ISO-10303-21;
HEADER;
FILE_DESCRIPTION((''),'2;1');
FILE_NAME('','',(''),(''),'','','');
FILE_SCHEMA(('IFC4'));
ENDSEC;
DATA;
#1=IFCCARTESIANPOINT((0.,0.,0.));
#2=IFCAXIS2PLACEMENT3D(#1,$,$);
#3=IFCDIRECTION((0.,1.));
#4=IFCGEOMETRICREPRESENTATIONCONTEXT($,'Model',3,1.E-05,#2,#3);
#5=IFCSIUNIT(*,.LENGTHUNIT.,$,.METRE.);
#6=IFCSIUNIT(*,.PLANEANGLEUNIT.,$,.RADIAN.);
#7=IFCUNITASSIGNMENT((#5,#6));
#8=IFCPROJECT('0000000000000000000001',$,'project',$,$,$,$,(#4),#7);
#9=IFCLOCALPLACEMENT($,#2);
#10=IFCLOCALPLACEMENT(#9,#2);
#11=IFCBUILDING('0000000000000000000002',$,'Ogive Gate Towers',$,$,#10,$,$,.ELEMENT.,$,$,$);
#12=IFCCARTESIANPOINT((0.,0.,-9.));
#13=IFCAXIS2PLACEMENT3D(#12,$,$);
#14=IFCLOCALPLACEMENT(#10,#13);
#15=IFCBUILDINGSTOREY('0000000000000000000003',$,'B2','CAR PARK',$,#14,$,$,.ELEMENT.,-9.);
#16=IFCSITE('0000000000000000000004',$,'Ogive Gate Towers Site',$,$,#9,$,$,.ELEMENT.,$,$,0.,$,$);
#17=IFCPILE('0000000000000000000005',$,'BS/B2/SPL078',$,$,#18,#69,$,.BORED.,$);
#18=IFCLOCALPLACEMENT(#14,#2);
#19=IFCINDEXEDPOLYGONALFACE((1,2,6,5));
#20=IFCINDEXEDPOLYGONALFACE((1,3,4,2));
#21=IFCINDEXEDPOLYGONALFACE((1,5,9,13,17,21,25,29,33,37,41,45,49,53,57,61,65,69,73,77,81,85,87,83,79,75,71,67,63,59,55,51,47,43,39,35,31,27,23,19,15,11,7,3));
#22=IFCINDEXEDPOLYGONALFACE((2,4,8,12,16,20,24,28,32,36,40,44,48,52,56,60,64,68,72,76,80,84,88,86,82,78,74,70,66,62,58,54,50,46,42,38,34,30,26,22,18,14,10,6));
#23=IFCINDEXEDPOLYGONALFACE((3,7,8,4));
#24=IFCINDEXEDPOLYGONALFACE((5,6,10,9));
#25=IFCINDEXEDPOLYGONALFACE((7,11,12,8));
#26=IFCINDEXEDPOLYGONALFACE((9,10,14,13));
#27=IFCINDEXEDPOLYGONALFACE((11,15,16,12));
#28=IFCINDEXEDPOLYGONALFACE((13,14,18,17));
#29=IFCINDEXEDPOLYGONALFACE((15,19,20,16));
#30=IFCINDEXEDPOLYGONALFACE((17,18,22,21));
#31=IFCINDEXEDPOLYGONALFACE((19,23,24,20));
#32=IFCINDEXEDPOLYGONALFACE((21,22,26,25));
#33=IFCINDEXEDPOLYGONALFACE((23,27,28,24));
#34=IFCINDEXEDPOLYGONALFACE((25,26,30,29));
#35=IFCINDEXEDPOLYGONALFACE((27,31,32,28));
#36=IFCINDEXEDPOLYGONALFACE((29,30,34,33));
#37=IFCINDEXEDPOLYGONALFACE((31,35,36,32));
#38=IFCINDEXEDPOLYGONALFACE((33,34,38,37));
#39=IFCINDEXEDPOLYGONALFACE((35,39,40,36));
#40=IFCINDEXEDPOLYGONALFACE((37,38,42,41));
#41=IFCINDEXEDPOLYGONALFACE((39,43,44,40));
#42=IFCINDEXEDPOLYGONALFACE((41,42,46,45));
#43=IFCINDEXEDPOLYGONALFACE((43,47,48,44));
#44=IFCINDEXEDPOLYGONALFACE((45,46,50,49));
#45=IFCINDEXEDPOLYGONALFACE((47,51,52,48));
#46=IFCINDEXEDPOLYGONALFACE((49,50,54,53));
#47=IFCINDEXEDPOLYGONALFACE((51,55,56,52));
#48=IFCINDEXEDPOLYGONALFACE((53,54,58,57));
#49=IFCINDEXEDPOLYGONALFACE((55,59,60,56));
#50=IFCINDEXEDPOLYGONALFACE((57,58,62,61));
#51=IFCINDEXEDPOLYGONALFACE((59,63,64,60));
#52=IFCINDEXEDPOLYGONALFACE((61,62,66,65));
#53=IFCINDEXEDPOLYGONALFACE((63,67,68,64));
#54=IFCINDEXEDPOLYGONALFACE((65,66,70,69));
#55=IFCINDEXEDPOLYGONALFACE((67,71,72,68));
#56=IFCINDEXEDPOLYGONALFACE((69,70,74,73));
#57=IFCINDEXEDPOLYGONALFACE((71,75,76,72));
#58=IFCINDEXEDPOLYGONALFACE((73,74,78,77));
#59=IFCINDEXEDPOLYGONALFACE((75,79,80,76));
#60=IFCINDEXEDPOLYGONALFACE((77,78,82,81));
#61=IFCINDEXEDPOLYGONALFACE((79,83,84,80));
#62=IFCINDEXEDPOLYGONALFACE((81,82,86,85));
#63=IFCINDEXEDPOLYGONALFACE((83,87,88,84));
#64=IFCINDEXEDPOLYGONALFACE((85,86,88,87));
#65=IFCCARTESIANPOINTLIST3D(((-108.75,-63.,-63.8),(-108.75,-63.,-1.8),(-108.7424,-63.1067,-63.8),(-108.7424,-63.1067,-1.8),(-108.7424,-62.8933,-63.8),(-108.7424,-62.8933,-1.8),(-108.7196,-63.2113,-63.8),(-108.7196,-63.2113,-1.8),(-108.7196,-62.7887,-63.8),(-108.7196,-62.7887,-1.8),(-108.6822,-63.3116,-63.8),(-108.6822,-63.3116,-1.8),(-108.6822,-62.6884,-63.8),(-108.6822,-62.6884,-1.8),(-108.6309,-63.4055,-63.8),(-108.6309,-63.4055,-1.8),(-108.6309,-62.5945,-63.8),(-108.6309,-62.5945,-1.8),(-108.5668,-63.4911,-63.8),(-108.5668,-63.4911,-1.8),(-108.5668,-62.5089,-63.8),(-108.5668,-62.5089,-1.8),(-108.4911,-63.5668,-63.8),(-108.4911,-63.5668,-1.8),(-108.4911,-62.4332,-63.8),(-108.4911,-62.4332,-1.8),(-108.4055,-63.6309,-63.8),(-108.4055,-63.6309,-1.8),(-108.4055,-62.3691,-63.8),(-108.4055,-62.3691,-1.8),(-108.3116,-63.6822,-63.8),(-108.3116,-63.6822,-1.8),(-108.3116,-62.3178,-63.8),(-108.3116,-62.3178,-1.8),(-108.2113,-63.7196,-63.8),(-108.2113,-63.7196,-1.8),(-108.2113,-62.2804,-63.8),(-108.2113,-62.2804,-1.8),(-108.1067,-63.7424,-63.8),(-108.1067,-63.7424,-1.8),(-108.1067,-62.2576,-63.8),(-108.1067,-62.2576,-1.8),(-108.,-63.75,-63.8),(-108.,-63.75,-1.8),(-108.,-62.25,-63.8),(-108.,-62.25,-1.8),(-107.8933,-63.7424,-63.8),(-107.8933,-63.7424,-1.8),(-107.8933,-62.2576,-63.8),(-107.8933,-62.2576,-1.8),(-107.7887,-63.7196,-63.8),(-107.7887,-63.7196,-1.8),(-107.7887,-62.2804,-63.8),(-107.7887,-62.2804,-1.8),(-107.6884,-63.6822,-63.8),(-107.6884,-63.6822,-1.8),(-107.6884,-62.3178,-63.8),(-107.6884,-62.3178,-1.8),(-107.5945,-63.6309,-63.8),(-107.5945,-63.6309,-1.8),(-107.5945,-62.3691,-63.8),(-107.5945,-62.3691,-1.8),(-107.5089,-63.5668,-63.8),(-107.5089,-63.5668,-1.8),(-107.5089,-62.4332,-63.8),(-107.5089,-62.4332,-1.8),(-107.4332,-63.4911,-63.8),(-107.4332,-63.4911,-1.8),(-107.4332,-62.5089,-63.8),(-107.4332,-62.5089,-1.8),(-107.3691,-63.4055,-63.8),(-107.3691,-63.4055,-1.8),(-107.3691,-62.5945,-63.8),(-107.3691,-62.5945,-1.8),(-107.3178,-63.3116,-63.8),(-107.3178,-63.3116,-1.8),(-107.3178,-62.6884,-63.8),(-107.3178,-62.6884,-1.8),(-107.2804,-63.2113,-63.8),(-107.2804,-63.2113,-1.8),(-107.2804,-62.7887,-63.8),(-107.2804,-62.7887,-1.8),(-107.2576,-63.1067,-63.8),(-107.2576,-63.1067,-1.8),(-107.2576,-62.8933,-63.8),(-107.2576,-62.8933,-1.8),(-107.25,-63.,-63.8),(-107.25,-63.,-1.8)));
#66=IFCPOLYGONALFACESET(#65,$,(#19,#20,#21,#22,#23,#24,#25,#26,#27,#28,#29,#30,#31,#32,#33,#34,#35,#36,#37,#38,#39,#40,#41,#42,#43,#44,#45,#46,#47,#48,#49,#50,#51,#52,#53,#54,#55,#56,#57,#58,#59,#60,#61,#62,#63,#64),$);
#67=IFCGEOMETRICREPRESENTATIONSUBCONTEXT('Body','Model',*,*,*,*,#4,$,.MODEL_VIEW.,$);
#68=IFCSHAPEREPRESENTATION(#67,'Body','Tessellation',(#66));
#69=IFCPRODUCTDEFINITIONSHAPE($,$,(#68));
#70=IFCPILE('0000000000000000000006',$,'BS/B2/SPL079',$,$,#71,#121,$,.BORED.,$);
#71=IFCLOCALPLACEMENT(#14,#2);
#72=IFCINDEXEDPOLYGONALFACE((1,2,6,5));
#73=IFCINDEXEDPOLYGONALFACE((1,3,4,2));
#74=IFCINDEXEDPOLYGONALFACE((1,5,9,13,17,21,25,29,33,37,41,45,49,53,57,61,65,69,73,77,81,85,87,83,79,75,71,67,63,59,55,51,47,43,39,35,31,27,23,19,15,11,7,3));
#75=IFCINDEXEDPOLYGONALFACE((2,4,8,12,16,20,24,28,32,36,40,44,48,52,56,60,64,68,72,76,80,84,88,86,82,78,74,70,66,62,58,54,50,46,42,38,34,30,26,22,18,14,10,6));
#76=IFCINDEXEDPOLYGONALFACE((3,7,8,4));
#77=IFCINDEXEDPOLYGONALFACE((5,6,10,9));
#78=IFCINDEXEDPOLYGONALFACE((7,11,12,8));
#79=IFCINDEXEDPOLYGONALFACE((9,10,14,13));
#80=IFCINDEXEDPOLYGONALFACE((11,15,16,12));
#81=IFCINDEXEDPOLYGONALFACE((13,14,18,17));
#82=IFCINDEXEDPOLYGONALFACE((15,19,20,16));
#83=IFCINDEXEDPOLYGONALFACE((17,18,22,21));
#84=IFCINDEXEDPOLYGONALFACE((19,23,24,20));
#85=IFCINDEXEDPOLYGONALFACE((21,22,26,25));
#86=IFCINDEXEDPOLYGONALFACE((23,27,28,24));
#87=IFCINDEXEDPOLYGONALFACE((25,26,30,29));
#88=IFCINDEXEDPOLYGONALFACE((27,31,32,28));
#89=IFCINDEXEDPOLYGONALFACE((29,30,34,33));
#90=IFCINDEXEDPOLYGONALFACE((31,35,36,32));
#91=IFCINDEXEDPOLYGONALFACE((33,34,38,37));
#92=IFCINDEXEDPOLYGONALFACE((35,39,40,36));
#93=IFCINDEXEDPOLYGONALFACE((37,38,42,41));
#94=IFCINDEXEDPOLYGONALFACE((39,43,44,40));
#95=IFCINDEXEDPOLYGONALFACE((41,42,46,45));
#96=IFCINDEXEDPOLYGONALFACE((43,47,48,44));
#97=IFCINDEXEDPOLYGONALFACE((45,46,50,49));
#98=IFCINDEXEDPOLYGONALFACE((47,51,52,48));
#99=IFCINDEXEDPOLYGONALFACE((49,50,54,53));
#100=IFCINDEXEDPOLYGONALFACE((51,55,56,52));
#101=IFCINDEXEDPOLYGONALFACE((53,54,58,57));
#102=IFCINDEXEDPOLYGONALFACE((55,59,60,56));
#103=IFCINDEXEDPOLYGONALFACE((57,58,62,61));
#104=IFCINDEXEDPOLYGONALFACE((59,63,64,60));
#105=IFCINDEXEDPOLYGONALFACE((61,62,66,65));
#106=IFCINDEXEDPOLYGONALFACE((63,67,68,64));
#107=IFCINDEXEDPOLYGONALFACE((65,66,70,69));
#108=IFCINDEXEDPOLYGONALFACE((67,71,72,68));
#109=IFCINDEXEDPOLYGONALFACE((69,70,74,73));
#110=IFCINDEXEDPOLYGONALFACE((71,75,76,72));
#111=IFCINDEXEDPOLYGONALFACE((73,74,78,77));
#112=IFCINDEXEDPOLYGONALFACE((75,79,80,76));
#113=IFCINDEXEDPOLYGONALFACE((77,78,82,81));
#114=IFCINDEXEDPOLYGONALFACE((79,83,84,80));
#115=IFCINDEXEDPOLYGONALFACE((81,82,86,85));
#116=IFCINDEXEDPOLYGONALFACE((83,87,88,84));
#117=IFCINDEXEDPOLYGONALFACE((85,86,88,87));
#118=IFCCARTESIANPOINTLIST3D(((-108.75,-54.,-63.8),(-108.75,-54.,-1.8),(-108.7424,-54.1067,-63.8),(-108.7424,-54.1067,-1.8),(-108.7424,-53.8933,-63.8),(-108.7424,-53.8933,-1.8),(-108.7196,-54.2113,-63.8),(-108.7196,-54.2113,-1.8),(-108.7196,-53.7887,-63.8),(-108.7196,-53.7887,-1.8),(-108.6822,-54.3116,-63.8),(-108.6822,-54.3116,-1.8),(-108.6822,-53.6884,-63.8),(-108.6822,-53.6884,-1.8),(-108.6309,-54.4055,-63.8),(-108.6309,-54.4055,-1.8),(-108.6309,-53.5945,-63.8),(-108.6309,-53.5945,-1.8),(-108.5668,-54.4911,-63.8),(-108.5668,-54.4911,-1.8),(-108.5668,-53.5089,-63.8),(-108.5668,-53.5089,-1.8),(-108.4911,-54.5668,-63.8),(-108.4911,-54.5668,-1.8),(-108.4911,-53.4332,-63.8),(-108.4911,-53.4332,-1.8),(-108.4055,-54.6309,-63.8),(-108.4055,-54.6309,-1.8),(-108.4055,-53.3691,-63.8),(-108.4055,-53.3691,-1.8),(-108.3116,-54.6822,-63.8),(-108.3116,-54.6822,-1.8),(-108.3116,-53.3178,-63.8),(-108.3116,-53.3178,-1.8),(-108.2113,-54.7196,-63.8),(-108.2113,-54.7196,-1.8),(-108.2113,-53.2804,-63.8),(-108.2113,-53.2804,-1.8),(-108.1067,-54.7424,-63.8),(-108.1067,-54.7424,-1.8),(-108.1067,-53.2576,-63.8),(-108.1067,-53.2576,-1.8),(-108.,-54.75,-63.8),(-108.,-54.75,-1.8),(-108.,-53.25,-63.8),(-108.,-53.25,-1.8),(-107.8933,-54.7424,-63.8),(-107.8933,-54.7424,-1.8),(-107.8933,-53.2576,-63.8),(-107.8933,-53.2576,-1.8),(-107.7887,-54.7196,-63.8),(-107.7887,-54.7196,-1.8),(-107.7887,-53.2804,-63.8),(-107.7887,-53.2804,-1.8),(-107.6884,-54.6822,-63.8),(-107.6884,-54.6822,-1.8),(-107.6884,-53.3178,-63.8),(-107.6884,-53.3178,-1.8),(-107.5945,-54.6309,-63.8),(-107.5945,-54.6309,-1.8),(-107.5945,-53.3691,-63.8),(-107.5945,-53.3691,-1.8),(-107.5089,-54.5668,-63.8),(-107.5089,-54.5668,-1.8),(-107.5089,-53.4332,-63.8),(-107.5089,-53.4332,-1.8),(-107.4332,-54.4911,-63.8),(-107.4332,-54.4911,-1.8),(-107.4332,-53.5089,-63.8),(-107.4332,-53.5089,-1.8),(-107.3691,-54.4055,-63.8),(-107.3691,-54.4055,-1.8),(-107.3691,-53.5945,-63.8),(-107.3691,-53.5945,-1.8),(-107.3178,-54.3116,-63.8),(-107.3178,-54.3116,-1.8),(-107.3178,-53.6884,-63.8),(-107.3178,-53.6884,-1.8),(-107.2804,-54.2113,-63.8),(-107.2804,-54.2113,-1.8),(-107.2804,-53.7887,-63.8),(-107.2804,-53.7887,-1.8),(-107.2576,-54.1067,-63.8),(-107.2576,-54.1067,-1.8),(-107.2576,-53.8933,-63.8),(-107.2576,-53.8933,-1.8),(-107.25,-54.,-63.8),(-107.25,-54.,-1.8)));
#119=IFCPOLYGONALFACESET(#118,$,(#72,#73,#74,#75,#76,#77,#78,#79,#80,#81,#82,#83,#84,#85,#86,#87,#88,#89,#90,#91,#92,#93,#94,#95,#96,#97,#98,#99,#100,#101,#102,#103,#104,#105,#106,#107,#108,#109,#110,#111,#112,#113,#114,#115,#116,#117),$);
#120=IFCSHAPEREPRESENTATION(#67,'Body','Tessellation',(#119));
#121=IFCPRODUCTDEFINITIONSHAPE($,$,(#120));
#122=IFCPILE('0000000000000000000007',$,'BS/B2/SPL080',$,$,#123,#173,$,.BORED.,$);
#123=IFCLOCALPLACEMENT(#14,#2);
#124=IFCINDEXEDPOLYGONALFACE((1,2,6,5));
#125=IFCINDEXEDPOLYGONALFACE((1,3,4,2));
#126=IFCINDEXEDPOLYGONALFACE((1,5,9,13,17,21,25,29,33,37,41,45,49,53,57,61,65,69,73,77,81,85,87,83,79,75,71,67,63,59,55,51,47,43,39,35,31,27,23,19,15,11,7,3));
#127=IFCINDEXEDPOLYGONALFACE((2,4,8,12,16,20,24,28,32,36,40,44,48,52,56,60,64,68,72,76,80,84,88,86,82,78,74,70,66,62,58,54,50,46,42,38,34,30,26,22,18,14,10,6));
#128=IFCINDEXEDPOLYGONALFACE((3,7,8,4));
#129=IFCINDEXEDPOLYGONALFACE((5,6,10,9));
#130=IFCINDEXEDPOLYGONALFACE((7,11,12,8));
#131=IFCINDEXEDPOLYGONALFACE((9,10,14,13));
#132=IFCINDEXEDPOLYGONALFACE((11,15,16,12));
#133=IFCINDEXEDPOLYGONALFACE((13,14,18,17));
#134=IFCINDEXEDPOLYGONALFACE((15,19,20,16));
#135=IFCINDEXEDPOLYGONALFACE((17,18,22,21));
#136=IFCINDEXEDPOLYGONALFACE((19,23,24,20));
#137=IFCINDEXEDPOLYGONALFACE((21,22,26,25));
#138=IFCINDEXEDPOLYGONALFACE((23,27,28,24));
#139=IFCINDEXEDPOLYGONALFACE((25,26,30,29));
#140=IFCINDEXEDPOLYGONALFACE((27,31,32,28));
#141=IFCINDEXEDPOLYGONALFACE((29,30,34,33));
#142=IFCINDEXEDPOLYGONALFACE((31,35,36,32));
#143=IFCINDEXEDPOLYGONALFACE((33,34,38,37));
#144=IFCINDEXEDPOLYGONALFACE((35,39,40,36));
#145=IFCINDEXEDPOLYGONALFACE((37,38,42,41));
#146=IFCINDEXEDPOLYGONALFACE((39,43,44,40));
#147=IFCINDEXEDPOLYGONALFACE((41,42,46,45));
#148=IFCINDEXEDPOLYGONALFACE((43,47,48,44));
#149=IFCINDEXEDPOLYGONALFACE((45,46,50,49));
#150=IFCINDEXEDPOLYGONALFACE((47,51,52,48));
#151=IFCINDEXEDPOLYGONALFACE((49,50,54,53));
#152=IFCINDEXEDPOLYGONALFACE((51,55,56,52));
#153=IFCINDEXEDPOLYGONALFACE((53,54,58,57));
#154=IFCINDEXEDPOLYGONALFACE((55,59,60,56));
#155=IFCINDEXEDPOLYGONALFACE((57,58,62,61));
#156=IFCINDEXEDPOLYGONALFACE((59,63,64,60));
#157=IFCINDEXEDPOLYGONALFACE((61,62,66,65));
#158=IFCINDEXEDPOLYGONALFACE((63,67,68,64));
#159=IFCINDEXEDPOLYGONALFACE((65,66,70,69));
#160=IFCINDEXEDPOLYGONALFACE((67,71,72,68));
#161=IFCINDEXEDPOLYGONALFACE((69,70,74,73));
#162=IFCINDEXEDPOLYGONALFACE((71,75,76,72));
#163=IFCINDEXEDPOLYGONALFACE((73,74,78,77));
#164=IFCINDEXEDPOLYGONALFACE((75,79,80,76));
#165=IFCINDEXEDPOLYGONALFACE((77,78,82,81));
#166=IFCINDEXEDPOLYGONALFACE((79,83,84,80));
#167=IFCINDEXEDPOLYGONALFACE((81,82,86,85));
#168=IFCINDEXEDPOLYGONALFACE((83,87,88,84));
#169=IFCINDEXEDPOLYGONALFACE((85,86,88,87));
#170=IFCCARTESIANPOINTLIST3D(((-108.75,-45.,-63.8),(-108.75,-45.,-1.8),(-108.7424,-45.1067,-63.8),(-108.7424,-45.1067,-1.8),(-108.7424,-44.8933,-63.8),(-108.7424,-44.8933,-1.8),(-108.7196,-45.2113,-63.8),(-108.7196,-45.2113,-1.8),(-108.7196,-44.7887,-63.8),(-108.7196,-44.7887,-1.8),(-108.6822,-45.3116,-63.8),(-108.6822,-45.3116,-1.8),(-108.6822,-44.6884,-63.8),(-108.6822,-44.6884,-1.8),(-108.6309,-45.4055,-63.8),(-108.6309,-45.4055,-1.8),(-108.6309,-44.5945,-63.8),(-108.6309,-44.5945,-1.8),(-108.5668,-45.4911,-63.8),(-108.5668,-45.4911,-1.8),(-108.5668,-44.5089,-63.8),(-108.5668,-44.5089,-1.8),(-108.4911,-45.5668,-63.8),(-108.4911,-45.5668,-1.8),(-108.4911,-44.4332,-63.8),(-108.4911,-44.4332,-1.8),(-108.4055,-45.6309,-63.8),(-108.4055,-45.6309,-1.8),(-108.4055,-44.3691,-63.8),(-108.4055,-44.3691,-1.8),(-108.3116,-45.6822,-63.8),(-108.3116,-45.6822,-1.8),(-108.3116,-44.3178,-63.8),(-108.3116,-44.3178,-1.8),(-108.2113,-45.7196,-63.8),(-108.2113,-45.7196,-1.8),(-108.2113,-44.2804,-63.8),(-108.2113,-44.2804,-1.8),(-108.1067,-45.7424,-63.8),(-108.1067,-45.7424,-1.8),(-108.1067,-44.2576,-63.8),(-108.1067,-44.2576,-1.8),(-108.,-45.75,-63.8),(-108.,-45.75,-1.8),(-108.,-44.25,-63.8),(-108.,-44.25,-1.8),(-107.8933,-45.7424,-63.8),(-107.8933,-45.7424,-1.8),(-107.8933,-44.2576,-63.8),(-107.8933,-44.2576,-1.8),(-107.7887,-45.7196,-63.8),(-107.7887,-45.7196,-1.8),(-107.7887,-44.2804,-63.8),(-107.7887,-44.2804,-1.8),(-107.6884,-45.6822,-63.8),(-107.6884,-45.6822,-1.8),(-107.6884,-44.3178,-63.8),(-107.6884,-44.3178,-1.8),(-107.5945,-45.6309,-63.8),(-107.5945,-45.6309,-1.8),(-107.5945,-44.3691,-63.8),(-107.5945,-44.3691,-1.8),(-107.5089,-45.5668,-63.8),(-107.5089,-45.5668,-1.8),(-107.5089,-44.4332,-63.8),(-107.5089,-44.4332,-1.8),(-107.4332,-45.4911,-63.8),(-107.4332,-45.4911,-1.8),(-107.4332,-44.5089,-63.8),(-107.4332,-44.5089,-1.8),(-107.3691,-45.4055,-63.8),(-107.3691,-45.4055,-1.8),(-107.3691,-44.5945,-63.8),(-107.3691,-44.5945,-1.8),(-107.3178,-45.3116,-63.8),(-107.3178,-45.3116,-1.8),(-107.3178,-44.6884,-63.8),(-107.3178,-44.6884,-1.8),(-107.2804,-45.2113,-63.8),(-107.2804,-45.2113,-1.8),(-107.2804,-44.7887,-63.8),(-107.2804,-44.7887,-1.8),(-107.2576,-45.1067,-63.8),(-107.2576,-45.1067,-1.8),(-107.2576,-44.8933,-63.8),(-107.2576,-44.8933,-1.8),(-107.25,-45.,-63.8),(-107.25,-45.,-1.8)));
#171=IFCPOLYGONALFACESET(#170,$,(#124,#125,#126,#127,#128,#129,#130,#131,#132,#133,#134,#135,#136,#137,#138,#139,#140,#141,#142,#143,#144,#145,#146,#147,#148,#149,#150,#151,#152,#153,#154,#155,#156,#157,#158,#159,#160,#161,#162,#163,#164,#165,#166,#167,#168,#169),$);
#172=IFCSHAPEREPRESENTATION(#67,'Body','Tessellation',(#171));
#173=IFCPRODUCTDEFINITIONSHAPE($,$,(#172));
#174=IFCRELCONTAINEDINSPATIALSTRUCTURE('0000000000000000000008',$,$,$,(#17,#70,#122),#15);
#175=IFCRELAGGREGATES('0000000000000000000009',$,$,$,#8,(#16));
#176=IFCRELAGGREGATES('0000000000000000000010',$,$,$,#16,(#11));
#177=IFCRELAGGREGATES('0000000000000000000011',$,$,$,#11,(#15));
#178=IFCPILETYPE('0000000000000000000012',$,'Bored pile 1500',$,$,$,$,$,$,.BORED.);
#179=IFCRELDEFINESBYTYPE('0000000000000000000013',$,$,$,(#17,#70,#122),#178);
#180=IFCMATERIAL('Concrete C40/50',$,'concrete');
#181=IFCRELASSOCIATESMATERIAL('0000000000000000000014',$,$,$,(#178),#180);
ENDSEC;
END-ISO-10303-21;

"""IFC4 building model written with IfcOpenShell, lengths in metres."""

from ifc_helpers import new_model, si_unit, direction, frame, origin, origin_2d, place, context, subcontext, project, spatial, circle, extrude, material, material_profile, profile_set, type_object, element, save


model = new_model("IFC4")

# Units and contexts
model_context = context("Model", 3, precision=1e-05, world=origin(), true_north=direction((0.0, 1.0)))
body_context = subcontext(model_context, "Body", "Model", "MODEL_VIEW")
ifc_project = project(units=[si_unit("LENGTHUNIT", "METRE"), si_unit("PLANEANGLEUNIT", "RADIAN")], contexts=[model_context])

# Site, building, storey
site_placement = place(None, origin())
site = spatial("IfcSite", under=ifc_project, at=site_placement, Name="Ogive Gate Towers Site", CompositionType="ELEMENT", RefElevation=0.0)
building_placement = place(site_placement, origin())
building = spatial("IfcBuilding", under=site, at=building_placement, Name="Ogive Gate Towers", CompositionType="ELEMENT")
storey_placement = place(building_placement, frame((0.0, 0.0, -9.0)))
storey = spatial("IfcBuildingStorey", under=building, at=storey_placement, Name="B2", Description="CAR PARK", CompositionType="ELEMENT", Elevation=-9.0)

# Piles
ifc_material_1 = material(Name="Concrete C40/50", Category="concrete")
ifc_material_profile_1 = material_profile(ifc_material_1, circle(Radius=0.75, at=origin_2d()), Name="BP 1500")
ifc_profile_set_1 = profile_set([ifc_material_profile_1], Name="Concrete C40/50")
pile_type = type_object("IfcPileType", Name="Bored pile 1500", PredefinedType="BORED", material=ifc_profile_set_1)
for number, where, z_axis, x_axis, name in (
    (1, (-108.0, -63.0, -1.8), (0.0, 0.0, -1.0), (1.0, 0.0, 0.0), "BS/B2/SPL078"),
    (2, (-108.0, -54.0, -1.8), (0.0, 0.0, -1.0), (1.0, 0.0, 0.0), "BS/B2/SPL079"),
    (3, (-108.0, -45.0, -1.8), (0.0, 0.0, -1.0), (1.0, 0.0, 0.0), "BS/B2/SPL080"),
):
    element("IfcPile", number, at=place(storey_placement, frame(where, z_axis=z_axis, x_axis=x_axis)), inside=storey, type_object=pile_type, Name=name, PredefinedType="BORED", context=body_context, shape_type="SweptSolid", body=[
        extrude(circle(Radius=0.75, at=origin_2d()), origin(), (0.0, 0.0, 1.0), 62.0),
    ])

save(model, "model.ifc")
